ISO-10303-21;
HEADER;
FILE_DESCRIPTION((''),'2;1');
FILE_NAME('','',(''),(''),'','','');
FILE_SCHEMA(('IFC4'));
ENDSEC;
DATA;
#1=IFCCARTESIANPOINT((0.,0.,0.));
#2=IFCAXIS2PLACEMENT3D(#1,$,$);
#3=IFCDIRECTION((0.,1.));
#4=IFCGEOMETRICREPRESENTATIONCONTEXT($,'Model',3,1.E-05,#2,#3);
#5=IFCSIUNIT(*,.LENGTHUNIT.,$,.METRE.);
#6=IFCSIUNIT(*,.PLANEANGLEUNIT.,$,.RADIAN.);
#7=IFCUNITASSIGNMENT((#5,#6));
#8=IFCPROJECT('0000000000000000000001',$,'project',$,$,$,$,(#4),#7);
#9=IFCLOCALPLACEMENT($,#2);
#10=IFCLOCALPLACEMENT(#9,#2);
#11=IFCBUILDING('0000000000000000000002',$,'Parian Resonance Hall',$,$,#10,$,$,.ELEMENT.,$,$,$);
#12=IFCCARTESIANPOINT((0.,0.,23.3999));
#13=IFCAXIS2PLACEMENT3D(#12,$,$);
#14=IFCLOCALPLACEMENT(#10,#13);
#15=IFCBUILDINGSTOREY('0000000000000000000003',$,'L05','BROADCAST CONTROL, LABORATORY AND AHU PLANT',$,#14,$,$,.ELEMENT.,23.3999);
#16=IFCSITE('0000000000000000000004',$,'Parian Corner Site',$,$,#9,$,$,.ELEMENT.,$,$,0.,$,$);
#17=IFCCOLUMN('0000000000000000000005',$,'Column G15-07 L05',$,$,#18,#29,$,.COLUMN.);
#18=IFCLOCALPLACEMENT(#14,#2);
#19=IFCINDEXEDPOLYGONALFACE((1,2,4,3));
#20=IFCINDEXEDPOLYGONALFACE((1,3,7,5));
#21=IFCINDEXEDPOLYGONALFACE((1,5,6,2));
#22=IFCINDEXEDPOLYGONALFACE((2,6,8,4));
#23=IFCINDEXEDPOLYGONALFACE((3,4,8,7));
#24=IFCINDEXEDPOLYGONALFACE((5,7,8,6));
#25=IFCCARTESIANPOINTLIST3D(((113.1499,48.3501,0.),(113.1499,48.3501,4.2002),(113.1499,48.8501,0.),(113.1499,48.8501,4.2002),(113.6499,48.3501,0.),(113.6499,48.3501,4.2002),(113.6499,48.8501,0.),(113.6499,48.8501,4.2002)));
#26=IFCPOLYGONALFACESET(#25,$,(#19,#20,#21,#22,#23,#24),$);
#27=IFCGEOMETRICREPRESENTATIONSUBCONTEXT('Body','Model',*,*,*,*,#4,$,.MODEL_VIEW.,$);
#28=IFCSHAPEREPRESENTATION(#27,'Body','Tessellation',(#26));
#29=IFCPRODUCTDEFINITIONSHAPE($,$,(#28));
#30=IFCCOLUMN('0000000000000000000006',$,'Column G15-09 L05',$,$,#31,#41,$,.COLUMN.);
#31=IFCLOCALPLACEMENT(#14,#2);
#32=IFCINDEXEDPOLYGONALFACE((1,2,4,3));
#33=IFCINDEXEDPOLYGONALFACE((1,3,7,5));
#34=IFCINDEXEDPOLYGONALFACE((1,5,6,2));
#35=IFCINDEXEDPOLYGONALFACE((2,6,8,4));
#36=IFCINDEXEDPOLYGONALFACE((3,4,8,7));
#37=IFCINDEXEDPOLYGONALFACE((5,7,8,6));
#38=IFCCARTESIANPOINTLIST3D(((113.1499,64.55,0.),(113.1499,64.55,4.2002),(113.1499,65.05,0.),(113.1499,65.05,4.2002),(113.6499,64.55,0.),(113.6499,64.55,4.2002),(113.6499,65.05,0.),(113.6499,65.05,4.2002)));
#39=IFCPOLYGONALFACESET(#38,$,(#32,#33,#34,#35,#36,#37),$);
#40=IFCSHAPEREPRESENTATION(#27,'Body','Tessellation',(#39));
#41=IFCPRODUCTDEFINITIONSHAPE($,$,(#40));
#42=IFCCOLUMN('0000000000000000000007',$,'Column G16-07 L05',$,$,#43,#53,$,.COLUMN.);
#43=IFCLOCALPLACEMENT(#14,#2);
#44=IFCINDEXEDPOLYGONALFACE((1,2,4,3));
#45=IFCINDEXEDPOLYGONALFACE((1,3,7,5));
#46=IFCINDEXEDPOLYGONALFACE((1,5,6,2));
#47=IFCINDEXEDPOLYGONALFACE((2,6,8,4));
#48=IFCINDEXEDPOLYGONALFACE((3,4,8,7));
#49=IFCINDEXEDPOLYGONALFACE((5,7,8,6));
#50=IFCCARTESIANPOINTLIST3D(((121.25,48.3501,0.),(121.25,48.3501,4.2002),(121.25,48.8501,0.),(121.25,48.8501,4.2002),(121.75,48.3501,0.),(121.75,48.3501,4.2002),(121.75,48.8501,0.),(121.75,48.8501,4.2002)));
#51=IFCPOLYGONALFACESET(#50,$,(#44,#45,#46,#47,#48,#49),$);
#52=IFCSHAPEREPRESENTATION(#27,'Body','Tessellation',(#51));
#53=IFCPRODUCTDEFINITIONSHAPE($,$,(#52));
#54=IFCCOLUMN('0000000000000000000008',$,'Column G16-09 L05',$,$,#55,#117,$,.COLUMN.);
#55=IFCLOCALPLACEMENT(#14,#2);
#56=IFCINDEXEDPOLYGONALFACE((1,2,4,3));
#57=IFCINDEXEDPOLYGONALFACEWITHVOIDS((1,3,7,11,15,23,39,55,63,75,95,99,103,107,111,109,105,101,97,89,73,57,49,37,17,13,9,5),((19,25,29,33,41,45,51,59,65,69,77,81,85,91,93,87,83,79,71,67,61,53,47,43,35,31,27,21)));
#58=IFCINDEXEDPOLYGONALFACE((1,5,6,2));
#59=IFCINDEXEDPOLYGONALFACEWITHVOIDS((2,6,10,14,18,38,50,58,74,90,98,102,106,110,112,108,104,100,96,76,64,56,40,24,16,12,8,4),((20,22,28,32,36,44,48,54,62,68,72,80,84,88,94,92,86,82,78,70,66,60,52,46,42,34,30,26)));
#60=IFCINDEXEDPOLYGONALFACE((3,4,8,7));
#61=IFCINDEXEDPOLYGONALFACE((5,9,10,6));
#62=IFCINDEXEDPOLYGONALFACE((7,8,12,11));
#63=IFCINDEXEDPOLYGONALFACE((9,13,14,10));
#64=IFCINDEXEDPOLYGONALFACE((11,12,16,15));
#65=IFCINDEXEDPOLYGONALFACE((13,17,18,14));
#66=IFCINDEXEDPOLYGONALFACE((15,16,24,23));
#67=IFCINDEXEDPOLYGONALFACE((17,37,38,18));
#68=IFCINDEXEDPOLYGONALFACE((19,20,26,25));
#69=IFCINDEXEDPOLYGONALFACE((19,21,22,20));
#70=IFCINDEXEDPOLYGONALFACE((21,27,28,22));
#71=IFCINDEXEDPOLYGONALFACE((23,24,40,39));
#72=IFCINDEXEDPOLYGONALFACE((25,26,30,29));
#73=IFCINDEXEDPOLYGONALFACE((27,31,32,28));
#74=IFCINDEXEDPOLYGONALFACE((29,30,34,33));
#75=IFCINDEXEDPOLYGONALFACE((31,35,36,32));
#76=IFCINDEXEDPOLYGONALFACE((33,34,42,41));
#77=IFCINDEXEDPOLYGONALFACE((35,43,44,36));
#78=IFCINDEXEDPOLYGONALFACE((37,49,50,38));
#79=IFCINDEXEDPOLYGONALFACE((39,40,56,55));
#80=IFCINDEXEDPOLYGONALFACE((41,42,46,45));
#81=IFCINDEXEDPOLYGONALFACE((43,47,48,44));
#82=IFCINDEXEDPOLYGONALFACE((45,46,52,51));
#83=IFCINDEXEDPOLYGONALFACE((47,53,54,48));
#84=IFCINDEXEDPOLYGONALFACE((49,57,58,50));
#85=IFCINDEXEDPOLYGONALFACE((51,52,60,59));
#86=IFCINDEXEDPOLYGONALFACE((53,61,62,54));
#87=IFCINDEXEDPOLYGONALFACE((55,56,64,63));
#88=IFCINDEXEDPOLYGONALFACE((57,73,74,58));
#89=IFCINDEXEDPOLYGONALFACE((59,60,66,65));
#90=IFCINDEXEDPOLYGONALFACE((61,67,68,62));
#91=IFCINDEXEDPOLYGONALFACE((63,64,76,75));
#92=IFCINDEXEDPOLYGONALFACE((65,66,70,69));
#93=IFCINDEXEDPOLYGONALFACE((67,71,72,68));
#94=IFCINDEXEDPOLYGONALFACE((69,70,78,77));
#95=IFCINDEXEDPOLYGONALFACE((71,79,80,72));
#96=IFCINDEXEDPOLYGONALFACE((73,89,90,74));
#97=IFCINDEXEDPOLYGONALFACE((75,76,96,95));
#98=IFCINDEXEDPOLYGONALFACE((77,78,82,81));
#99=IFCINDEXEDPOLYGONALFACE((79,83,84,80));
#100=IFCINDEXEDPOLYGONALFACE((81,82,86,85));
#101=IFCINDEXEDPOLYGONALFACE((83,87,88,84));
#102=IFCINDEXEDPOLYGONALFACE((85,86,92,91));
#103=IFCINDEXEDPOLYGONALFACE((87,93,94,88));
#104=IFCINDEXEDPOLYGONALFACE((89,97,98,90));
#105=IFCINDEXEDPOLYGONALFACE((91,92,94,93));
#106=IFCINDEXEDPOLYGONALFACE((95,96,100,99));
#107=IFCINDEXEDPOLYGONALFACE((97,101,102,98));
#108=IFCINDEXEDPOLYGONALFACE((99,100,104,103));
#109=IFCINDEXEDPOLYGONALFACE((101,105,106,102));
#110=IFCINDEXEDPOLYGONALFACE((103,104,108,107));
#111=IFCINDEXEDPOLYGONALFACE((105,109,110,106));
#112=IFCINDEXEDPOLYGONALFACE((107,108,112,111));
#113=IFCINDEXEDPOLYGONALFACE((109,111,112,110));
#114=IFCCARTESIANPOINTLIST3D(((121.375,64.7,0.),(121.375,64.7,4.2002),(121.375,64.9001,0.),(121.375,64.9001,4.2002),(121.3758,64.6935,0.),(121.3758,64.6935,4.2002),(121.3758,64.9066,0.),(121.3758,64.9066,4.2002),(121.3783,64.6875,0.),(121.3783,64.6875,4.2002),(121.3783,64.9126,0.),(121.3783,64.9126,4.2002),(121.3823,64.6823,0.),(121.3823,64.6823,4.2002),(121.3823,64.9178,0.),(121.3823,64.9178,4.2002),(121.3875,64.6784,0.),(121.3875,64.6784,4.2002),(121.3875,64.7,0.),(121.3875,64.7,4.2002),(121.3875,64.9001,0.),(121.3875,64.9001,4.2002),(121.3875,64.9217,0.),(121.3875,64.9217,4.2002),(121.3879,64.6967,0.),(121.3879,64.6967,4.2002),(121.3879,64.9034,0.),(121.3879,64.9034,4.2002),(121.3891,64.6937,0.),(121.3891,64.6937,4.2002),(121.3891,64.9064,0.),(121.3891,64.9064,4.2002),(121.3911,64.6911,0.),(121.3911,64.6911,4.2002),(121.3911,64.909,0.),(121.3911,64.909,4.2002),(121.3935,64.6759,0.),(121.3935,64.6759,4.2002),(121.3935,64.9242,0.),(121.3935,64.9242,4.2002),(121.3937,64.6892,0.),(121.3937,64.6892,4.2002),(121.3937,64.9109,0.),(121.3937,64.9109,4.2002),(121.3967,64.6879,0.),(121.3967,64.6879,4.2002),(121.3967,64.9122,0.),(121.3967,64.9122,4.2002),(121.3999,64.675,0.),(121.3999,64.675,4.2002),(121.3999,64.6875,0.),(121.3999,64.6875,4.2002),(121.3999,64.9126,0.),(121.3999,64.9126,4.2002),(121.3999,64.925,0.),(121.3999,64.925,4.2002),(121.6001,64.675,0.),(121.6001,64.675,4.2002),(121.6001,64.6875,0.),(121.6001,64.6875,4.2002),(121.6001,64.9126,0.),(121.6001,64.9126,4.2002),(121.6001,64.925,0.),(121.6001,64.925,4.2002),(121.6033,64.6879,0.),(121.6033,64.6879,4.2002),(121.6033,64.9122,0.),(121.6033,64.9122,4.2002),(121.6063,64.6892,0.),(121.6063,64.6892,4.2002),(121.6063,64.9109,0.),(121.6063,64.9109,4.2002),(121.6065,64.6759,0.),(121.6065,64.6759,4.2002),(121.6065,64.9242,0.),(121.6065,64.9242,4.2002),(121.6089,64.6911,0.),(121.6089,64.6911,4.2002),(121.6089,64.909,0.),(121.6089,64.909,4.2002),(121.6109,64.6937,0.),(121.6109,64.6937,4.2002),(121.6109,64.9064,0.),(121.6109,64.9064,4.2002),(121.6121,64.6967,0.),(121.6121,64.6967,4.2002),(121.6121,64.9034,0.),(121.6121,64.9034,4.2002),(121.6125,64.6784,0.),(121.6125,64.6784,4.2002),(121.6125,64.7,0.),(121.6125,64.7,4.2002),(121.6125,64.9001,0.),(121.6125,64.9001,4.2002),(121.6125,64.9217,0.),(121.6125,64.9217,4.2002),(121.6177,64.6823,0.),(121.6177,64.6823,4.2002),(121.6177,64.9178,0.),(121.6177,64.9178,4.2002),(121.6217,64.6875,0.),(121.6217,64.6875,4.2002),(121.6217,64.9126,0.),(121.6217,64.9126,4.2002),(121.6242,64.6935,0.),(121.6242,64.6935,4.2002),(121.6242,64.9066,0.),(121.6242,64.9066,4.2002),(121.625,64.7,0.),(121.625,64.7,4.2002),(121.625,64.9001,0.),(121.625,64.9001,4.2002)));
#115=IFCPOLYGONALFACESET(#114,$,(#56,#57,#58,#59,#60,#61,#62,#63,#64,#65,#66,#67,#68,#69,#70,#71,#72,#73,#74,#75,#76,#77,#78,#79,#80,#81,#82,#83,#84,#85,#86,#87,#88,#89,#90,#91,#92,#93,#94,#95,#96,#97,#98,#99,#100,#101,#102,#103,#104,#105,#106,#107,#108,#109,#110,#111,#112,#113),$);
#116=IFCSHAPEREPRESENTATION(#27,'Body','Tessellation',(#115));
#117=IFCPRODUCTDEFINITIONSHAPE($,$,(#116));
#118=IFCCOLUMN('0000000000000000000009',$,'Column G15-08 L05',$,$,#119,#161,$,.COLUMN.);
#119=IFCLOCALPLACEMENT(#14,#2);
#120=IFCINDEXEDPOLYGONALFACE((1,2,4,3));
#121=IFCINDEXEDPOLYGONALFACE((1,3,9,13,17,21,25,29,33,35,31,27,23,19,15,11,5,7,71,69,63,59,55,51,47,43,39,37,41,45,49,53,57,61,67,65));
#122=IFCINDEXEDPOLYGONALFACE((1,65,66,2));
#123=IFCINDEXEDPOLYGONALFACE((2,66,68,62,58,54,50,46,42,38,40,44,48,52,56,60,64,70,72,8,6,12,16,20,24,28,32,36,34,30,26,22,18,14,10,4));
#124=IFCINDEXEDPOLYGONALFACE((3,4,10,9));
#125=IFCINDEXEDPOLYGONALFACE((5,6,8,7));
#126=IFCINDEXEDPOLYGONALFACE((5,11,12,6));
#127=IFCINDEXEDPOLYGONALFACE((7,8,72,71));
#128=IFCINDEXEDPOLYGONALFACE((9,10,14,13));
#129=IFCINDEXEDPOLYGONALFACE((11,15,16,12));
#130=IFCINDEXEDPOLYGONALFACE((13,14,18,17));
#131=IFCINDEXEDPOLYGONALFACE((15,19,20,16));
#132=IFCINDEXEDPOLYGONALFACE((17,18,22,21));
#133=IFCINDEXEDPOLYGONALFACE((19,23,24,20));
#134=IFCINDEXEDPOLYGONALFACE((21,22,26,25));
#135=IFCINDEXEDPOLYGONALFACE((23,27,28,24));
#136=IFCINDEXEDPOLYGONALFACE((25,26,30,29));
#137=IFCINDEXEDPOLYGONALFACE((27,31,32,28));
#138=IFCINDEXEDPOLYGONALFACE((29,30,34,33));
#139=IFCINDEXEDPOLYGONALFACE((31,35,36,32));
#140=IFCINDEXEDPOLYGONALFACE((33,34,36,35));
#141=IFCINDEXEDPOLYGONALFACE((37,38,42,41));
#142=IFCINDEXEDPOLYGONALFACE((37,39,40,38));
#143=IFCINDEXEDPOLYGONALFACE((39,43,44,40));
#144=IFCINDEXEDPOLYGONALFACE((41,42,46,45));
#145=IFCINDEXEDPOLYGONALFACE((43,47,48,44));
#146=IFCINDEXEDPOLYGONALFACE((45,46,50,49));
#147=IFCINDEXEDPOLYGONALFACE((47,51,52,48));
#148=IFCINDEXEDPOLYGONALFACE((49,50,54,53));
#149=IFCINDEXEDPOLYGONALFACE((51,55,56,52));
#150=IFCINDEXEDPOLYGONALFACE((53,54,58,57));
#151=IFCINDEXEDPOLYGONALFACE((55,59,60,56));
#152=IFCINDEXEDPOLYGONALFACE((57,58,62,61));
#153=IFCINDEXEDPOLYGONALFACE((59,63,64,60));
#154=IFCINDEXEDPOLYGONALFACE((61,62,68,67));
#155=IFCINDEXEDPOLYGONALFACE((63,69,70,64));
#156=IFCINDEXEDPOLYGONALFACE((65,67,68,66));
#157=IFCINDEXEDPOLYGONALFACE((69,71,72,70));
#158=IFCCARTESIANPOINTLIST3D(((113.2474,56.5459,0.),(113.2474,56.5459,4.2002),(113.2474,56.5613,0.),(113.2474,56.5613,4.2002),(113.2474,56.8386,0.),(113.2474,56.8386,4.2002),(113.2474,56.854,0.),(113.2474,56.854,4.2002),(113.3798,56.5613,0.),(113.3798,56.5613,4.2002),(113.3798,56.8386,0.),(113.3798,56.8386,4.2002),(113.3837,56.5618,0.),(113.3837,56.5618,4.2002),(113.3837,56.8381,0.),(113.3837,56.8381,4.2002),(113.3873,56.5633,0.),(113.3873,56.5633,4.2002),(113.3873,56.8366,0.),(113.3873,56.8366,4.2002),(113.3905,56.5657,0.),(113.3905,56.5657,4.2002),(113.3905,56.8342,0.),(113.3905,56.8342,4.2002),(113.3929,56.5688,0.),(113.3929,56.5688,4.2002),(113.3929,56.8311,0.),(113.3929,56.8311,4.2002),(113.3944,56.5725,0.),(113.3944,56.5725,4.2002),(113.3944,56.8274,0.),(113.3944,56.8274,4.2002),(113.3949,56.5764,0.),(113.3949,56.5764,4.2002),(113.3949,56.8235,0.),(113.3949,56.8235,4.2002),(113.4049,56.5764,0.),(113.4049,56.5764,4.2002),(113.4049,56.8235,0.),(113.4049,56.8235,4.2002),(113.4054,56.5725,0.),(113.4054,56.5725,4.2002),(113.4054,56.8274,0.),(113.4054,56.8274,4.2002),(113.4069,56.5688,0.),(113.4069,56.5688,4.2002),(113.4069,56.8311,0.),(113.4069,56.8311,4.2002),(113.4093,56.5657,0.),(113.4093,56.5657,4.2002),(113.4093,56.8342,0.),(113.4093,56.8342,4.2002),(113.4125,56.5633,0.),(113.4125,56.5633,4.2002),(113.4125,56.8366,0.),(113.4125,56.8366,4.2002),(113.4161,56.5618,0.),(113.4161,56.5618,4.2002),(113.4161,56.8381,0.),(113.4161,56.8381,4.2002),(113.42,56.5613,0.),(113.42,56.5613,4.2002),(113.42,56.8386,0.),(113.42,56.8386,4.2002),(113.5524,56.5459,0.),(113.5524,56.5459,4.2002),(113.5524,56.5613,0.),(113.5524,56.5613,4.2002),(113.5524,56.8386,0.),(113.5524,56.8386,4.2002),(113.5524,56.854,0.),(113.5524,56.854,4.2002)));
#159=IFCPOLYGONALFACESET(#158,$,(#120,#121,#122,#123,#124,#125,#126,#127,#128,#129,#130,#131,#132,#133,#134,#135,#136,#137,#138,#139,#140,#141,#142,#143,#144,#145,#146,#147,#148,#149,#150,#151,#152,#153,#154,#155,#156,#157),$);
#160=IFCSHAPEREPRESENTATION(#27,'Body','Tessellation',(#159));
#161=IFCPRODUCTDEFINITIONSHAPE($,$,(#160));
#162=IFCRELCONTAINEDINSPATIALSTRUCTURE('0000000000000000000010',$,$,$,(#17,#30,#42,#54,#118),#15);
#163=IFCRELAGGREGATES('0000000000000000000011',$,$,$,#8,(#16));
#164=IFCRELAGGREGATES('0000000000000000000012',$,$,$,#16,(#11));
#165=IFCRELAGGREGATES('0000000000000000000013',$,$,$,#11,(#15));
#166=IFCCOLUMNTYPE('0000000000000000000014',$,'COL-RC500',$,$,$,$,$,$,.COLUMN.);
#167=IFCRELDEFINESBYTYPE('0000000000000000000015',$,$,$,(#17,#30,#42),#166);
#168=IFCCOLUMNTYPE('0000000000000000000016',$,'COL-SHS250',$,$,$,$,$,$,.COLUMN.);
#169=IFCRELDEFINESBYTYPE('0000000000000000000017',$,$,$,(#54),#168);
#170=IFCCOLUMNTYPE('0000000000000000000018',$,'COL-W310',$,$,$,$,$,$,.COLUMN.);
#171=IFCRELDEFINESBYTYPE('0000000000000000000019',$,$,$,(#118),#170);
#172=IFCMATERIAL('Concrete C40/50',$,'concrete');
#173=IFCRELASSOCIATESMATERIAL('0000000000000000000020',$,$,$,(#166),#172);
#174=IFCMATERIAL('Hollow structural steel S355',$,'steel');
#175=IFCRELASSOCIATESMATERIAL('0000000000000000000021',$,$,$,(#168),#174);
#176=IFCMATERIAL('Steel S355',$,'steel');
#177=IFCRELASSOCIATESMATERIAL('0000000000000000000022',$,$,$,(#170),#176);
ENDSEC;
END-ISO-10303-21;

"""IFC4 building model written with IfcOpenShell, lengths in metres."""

from ifc_helpers import new_model, si_unit, direction, frame, origin, origin_2d, place, context, subcontext, project, spatial, rectangle, hollow_rectangle, i_section, extrude, material, material_profile, profile_set, type_object, element, save


model = new_model("IFC4")

# Units and contexts
model_context = context("Model", 3, precision=1e-05, world=origin(), true_north=direction((0.0, 1.0)))
body_context = subcontext(model_context, "Body", "Model", "MODEL_VIEW")
ifc_project = project(units=[si_unit("LENGTHUNIT", "METRE"), si_unit("PLANEANGLEUNIT", "RADIAN")], contexts=[model_context])

# Site, building, storey
site_placement = place(None, origin())
site = spatial("IfcSite", under=ifc_project, at=site_placement, Name="Parian Corner Site", CompositionType="ELEMENT", RefElevation=0.0)
building_placement = place(site_placement, origin())
building = spatial("IfcBuilding", under=site, at=building_placement, Name="Parian Resonance Hall", CompositionType="ELEMENT")
storey_placement = place(building_placement, frame((0.0, 0.0, 23.3999)))
storey = spatial("IfcBuildingStorey", under=building, at=storey_placement, Name="L05", Description="BROADCAST CONTROL, LABORATORY AND AHU PLANT", CompositionType="ELEMENT", Elevation=23.3999)

# Columns
ifc_material_1 = material(Name="Concrete C40/50", Category="concrete")
ifc_material_profile_1 = material_profile(ifc_material_1, rectangle(XDim=0.5, YDim=0.5, at=origin_2d()), Name="RC-COL-500x500")
ifc_profile_set_1 = profile_set([ifc_material_profile_1], Name="Concrete C40/50")
column_type_1 = type_object("IfcColumnType", Name="COL-RC500", PredefinedType="COLUMN", material=ifc_profile_set_1)
for number, where, z_axis, x_axis, name in (
    (1, (113.3999, 48.6001, 0.0), (0.0, 0.0, 1.0), (1.0, 0.0, 0.0), "Column G15-07 L05"),
    (2, (113.3999, 64.8, 0.0), (0.0, 0.0, 1.0), (1.0, 0.0, 0.0), "Column G15-09 L05"),
    (3, (121.5, 48.6001, 0.0), (0.0, 0.0, 1.0), (1.0, 0.0, 0.0), "Column G16-07 L05"),
):
    element("IfcColumn", number, at=place(storey_placement, frame(where, z_axis=z_axis, x_axis=x_axis)), inside=storey, type_object=column_type_1, Name=name, PredefinedType="COLUMN", context=body_context, shape_type="SweptSolid", body=[
        extrude(rectangle(XDim=0.5, YDim=0.5, at=origin_2d()), origin(), (0.0, 0.0, 1.0), 4.2002),
    ])
ifc_material_2 = material(Name="Hollow structural steel S355", Category="steel")
ifc_material_profile_2 = material_profile(ifc_material_2, hollow_rectangle(XDim=0.25, YDim=0.25, WallThickness=0.0125, InnerFilletRadius=0.0125, OuterFilletRadius=0.0249, at=origin_2d()), Name="SHS250x250x12.5")
ifc_profile_set_2 = profile_set([ifc_material_profile_2], Name="Hollow structural steel S355")
column_type_2 = type_object("IfcColumnType", Name="COL-SHS250", PredefinedType="COLUMN", material=ifc_profile_set_2)
column_placement = place(storey_placement, frame((121.5, 64.8, 0.0), z_axis=(0.0, 0.0, 1.0), x_axis=(1.0, 0.0, 0.0)))
element("IfcColumn", 4, at=column_placement, inside=storey, type_object=column_type_2, Name="Column G16-09 L05", PredefinedType="COLUMN", context=body_context, shape_type="SweptSolid", body=[
    extrude(hollow_rectangle(XDim=0.25, YDim=0.25, WallThickness=0.0125, InnerFilletRadius=0.0125, OuterFilletRadius=0.0249, at=origin_2d()), origin(), (0.0, 0.0, 1.0), 4.2002),
])
ifc_material_3 = material(Name="Steel S355", Category="steel")
ifc_material_profile_3 = material_profile(ifc_material_3, i_section(OverallWidth=0.3049, OverallDepth=0.3081, WebThickness=0.01, FlangeThickness=0.0154, FilletRadius=0.0151, at=origin_2d()), Name="W310x97")
ifc_profile_set_3 = profile_set([ifc_material_profile_3], Name="Steel S355")
column_type_3 = type_object("IfcColumnType", Name="COL-W310", PredefinedType="COLUMN", material=ifc_profile_set_3)
for number, where, z_axis, x_axis, name in (
    (5, (113.3999, 56.7, 0.0), (0.0, 0.0, 1.0), (1.0, 0.0, 0.0), "Column G15-08 L05"),
):
    element("IfcColumn", number, at=place(storey_placement, frame(where, z_axis=z_axis, x_axis=x_axis)), inside=storey, type_object=column_type_3, Name=name, PredefinedType="COLUMN", context=body_context, shape_type="SweptSolid", body=[
        extrude(i_section(OverallWidth=0.3049, OverallDepth=0.3081, WebThickness=0.01, FlangeThickness=0.0154, FilletRadius=0.0151, at=origin_2d()), origin(), (0.0, 0.0, 1.0), 4.2002),
    ])

save(model, "model.ifc")
